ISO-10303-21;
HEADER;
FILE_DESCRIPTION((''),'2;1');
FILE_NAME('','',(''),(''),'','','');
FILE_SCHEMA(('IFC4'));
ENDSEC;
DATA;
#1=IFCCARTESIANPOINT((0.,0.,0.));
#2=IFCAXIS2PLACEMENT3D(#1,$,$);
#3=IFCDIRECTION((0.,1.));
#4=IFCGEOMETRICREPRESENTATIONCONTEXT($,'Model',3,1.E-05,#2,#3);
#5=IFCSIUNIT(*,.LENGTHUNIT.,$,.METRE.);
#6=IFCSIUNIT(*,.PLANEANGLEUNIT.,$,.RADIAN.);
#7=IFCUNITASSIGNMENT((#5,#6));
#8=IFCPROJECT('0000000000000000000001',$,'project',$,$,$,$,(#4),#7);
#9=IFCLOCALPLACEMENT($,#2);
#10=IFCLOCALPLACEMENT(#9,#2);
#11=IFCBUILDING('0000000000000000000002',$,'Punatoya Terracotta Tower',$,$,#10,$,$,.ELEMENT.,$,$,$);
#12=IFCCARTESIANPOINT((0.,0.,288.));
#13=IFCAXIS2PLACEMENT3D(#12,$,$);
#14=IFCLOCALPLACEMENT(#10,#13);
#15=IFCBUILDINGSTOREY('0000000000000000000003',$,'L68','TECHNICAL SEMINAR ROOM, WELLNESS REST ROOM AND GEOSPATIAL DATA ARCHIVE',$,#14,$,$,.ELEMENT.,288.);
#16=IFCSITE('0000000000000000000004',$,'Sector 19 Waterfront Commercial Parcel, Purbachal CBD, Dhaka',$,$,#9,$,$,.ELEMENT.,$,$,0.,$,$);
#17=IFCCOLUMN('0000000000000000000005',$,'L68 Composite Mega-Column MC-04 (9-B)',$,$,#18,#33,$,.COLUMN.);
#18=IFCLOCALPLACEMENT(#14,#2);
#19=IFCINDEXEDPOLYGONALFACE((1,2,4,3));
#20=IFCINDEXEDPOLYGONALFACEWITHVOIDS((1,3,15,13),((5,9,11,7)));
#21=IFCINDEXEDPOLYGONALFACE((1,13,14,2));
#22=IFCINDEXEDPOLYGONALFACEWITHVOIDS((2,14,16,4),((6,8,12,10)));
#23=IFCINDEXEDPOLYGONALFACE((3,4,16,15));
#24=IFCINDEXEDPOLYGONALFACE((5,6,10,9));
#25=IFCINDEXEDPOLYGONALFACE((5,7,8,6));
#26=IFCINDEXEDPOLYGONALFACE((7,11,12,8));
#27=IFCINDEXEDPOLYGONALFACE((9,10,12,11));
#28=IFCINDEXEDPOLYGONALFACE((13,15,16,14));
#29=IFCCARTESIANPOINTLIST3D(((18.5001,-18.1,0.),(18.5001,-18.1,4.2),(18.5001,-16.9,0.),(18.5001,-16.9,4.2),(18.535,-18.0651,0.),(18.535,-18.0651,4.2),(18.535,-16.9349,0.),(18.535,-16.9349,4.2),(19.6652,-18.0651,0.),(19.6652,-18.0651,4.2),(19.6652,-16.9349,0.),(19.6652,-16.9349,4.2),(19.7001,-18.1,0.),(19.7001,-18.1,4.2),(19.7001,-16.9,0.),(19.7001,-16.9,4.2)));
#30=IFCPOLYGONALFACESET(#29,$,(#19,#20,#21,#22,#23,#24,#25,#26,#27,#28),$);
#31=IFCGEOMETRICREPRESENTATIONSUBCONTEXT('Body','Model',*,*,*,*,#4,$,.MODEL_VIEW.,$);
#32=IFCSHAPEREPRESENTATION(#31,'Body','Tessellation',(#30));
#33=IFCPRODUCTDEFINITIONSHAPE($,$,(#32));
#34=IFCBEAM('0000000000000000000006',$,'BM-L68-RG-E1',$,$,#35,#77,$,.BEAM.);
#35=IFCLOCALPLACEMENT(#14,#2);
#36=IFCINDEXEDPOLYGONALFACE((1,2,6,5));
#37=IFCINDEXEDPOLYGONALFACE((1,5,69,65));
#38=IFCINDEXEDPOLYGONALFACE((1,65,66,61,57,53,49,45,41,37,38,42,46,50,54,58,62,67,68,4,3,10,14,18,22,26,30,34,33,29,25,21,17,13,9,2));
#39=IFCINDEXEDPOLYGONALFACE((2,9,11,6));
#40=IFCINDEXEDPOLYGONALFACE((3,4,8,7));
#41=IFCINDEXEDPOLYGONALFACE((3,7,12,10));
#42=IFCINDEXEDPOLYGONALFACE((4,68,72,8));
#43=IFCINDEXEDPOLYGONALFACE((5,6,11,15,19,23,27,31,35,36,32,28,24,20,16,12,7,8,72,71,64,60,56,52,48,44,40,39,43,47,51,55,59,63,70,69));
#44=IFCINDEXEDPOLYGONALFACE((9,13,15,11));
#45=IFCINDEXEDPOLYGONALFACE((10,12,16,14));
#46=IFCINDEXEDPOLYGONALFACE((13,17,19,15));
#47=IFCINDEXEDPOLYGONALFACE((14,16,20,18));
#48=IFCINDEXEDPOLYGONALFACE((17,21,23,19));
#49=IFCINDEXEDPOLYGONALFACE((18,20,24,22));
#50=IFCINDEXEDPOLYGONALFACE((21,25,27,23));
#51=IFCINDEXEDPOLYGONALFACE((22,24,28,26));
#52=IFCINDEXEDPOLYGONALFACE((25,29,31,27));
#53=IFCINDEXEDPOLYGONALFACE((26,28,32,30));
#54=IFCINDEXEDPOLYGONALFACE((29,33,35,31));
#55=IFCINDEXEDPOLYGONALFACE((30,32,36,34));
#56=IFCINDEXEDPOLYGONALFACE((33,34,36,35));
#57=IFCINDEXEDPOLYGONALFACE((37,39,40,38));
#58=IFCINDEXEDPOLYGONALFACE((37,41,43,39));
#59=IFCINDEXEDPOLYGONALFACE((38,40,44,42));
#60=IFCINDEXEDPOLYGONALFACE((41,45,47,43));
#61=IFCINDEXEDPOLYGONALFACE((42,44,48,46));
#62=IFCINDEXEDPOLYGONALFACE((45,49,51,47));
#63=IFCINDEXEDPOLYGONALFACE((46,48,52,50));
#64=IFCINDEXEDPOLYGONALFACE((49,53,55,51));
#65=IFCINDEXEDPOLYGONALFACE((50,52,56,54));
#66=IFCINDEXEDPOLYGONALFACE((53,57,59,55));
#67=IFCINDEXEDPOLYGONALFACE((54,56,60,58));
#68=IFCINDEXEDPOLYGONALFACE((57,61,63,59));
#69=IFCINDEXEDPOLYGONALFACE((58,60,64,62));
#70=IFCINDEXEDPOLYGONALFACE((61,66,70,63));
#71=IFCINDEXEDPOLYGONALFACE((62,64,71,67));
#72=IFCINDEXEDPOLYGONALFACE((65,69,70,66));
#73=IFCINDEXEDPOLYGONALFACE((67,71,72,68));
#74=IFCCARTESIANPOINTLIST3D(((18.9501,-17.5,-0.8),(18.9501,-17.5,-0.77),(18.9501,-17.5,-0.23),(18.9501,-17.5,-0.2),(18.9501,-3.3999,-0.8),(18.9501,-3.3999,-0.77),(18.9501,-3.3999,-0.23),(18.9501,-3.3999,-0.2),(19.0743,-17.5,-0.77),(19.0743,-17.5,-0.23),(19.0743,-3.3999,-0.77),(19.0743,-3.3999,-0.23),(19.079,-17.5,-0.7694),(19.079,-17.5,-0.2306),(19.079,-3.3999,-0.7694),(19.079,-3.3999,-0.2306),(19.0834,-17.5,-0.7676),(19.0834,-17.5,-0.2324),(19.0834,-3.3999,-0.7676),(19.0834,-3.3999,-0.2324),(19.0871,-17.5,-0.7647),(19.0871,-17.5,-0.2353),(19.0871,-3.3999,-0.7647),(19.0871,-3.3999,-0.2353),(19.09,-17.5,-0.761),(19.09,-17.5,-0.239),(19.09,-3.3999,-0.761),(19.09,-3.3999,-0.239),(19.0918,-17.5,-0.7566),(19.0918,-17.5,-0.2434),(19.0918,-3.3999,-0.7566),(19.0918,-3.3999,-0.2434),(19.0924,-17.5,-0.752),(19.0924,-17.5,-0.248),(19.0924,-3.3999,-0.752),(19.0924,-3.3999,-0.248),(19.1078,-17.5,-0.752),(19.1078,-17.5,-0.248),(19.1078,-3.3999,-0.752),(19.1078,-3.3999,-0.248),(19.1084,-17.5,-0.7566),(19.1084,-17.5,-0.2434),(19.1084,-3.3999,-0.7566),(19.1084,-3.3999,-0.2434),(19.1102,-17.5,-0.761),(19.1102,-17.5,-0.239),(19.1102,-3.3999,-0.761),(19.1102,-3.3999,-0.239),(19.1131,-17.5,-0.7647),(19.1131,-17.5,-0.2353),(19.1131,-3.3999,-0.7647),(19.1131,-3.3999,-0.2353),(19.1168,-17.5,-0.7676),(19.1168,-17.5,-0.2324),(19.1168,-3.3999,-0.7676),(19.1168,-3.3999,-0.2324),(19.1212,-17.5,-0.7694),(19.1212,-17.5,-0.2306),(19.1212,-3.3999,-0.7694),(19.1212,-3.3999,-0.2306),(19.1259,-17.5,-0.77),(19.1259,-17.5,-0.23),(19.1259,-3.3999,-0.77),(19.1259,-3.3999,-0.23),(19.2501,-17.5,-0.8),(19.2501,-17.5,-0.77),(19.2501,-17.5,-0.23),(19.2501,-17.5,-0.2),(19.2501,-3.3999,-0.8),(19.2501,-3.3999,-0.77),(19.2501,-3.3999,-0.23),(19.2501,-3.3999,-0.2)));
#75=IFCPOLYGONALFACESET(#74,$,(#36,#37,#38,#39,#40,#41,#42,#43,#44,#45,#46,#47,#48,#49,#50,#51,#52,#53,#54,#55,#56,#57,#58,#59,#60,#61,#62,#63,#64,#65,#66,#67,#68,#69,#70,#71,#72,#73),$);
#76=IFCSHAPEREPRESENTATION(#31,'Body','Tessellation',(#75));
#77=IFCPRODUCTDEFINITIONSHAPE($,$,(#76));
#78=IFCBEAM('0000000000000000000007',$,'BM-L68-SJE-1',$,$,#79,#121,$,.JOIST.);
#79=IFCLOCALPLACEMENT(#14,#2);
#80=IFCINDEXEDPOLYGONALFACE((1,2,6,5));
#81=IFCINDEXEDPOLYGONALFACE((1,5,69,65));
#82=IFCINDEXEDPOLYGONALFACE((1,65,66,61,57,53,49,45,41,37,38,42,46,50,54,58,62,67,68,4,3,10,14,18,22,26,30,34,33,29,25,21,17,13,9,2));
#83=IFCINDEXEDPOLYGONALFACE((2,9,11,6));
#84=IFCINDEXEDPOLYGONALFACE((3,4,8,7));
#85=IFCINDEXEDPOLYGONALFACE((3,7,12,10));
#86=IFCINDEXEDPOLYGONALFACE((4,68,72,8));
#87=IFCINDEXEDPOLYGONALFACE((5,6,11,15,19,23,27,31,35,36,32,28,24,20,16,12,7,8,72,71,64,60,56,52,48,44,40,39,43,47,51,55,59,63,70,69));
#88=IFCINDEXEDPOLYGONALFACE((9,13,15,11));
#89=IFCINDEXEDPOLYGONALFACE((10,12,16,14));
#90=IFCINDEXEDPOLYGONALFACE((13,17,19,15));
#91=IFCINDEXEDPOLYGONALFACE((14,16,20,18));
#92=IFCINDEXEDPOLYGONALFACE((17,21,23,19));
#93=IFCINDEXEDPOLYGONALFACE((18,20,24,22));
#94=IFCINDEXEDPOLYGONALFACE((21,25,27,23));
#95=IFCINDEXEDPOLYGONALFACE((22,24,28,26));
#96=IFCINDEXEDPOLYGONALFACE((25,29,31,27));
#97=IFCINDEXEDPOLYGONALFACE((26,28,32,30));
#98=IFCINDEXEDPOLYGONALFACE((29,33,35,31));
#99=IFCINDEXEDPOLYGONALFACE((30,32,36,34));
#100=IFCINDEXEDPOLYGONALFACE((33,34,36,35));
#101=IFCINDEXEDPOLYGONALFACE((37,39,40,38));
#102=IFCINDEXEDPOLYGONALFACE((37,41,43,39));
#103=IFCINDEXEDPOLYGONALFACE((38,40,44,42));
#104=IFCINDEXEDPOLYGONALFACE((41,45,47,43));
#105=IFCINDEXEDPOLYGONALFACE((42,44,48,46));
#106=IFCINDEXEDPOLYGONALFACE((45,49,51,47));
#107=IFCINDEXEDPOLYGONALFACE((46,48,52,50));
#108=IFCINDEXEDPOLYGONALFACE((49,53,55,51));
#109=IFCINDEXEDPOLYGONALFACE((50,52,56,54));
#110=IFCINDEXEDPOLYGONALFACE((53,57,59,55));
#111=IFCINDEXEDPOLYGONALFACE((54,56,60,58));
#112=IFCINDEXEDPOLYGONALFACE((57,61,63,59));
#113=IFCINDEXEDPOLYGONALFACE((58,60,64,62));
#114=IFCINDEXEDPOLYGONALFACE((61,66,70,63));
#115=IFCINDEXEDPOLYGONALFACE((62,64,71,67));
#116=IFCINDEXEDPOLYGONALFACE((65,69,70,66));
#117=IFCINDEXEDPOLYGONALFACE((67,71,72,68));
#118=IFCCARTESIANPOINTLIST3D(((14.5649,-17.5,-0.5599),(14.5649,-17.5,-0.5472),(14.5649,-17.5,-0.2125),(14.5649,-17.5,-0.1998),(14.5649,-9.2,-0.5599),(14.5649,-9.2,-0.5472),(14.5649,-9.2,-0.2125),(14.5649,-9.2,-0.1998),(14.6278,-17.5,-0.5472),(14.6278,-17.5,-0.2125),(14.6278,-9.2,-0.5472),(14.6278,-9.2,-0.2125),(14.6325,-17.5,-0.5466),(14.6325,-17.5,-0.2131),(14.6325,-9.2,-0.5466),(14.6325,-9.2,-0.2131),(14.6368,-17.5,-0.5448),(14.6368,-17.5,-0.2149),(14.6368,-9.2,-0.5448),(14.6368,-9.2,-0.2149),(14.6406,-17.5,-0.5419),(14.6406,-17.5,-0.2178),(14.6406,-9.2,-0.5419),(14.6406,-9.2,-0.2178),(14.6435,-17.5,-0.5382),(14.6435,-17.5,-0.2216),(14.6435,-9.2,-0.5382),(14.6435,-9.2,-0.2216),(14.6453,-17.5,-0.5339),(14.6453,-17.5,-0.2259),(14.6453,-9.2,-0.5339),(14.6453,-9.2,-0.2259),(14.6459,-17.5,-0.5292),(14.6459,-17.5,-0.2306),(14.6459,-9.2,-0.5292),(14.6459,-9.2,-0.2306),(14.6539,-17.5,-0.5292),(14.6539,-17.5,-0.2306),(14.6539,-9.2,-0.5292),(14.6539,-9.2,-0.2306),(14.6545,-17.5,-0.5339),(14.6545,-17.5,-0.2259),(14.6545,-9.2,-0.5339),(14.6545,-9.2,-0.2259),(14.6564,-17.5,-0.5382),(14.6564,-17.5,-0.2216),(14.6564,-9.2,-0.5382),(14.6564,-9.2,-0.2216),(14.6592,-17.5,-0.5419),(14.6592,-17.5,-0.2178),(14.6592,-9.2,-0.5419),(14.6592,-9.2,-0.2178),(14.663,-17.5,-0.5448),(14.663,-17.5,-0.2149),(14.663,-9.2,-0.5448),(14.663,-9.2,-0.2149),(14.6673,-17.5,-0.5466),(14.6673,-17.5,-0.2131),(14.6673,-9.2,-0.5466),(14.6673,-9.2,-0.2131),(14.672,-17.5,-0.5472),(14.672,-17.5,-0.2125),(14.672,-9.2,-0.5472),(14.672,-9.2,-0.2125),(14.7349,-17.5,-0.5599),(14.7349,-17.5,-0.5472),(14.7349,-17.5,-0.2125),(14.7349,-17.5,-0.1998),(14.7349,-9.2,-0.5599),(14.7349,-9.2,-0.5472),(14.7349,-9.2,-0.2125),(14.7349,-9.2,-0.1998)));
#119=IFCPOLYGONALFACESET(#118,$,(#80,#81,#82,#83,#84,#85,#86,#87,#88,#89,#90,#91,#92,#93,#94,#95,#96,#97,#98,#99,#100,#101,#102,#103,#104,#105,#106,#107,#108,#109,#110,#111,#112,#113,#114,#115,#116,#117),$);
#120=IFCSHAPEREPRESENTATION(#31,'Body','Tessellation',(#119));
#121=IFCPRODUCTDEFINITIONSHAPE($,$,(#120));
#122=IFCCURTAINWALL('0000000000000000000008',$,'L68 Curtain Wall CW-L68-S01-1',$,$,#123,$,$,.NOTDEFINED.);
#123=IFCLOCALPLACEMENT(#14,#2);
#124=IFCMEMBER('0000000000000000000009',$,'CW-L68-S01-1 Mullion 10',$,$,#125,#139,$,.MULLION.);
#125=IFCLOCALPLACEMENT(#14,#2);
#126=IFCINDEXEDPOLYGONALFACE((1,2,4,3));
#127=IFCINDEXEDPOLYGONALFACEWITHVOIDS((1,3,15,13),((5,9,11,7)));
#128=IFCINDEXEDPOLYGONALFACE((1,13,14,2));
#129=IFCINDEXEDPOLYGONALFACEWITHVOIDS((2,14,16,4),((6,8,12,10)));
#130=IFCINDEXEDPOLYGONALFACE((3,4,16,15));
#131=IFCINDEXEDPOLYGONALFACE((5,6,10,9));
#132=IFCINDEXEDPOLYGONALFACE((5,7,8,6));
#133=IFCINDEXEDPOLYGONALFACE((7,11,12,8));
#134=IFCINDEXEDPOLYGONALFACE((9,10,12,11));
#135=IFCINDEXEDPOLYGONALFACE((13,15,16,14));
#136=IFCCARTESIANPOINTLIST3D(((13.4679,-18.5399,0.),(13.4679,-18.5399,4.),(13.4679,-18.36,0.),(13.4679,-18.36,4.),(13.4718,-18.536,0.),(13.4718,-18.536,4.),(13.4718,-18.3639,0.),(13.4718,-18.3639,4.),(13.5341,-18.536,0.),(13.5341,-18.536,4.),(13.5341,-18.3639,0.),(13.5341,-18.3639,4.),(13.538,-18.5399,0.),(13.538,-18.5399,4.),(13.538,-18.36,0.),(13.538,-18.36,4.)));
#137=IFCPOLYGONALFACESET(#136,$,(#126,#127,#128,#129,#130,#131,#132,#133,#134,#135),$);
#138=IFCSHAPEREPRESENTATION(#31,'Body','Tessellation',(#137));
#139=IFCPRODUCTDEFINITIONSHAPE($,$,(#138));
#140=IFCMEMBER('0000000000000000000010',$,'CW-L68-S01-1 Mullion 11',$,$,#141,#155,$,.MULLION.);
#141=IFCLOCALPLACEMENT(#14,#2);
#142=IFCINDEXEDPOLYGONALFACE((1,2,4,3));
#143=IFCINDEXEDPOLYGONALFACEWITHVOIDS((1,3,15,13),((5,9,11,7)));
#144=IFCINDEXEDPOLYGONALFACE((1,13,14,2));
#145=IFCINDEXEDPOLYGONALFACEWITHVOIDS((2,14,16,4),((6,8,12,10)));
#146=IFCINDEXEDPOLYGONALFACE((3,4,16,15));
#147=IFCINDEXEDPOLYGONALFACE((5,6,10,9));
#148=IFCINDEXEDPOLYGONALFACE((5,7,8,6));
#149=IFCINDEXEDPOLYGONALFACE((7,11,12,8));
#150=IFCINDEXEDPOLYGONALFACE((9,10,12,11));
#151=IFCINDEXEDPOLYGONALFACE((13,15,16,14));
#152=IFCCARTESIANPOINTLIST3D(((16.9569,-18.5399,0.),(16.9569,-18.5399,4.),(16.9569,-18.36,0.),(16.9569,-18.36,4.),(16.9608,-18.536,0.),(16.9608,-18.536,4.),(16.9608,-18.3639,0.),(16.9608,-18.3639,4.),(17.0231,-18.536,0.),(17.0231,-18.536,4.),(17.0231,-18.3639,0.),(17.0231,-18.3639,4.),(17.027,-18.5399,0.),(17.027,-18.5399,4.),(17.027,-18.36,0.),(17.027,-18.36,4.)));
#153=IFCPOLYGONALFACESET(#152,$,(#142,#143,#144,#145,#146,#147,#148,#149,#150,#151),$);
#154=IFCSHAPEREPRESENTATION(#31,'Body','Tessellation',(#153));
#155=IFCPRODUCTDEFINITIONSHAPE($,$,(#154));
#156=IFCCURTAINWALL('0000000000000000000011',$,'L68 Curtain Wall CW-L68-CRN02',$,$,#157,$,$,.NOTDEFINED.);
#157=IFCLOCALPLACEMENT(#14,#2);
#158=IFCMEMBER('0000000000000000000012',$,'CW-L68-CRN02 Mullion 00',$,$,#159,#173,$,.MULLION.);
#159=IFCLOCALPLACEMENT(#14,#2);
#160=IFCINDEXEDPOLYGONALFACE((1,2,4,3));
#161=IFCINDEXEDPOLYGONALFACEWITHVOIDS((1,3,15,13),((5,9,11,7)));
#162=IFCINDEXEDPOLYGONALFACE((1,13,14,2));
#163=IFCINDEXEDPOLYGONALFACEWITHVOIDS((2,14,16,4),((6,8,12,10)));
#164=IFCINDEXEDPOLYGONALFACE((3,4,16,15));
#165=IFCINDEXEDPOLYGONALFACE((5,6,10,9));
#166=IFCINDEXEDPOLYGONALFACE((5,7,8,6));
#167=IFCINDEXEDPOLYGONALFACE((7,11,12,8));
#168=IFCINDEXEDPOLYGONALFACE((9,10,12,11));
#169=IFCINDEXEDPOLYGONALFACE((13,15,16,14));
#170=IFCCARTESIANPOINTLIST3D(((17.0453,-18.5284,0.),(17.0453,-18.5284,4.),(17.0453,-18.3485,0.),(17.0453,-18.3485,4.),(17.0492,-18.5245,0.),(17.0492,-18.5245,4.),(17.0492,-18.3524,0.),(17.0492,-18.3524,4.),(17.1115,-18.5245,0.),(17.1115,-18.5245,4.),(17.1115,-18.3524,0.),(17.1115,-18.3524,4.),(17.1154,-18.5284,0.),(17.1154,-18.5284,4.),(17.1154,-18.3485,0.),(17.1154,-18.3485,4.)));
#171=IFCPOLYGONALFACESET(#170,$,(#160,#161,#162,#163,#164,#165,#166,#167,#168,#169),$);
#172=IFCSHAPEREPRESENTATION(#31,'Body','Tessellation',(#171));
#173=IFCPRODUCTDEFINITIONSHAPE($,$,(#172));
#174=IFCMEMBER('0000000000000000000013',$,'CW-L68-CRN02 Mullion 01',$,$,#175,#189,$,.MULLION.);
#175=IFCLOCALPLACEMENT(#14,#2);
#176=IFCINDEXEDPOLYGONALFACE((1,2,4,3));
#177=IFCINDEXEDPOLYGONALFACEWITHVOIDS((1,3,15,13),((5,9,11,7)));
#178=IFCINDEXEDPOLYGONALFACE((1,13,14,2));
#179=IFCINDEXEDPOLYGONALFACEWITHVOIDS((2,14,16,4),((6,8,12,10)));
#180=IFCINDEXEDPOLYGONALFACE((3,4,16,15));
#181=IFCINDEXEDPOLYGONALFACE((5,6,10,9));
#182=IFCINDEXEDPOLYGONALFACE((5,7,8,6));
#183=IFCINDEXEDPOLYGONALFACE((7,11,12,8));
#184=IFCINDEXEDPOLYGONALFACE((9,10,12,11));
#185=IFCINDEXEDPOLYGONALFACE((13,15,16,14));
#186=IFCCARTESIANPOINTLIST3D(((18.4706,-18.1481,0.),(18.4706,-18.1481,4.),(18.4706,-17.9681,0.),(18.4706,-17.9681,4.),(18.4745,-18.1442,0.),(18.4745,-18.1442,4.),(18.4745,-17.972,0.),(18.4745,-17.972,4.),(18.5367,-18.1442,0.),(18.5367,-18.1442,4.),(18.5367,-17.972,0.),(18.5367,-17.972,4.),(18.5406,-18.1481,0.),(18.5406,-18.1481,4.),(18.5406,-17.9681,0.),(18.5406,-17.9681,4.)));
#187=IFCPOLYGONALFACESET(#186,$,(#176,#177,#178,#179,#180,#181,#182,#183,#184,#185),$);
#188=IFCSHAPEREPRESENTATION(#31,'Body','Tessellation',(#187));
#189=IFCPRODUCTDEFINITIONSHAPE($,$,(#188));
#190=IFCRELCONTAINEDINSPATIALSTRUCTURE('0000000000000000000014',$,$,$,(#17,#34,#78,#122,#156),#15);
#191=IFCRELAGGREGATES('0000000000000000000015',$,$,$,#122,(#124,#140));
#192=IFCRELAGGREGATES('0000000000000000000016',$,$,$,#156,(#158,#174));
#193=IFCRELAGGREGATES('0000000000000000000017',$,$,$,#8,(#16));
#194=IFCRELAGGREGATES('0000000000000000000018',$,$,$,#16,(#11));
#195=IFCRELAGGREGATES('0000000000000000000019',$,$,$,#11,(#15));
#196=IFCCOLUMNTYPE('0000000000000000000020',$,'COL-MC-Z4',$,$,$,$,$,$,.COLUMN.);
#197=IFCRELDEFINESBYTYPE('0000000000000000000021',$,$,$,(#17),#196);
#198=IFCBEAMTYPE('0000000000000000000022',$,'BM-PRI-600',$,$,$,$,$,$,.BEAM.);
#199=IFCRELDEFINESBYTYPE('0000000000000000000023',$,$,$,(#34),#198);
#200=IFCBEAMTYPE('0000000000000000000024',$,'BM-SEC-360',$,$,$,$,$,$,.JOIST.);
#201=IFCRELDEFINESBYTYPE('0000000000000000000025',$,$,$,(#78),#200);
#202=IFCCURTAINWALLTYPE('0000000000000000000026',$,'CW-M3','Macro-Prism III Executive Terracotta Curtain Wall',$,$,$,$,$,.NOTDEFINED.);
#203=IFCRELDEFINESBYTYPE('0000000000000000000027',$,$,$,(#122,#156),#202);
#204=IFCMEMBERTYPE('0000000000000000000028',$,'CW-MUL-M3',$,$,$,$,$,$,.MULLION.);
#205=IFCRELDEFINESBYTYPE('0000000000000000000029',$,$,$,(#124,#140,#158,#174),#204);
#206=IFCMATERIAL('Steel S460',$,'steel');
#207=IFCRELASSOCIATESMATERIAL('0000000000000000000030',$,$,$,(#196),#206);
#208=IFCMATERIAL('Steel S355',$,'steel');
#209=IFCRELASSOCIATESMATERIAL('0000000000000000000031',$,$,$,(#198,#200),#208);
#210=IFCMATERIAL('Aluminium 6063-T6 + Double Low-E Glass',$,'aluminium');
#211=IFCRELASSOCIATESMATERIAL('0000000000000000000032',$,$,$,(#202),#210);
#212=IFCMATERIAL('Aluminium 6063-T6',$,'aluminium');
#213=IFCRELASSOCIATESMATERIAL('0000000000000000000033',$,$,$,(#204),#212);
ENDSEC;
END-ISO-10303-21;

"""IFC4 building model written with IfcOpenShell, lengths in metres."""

from ifc_helpers import new_model, si_unit, direction, frame, origin, origin_2d, place, context, subcontext, project, spatial, hollow_rectangle, i_section, extrude, material, material_profile, profile_set, type_object, element, aggregate, save


model = new_model("IFC4")

# Units and contexts
model_context = context("Model", 3, precision=1e-05, world=origin(), true_north=direction((0.0, 1.0)))
body_context = subcontext(model_context, "Body", "Model", "MODEL_VIEW")
ifc_project = project(units=[si_unit("LENGTHUNIT", "METRE"), si_unit("PLANEANGLEUNIT", "RADIAN")], contexts=[model_context])

# Site, building, storey
site_placement = place(None, origin())
site = spatial("IfcSite", under=ifc_project, at=site_placement, Name="Sector 19 Waterfront Commercial Parcel, Purbachal CBD, Dhaka", CompositionType="ELEMENT", RefElevation=0.0)
building_placement = place(site_placement, origin())
building = spatial("IfcBuilding", under=site, at=building_placement, Name="Punatoya Terracotta Tower", CompositionType="ELEMENT")
storey_placement = place(building_placement, frame((0.0, 0.0, 288.0)))
storey = spatial("IfcBuildingStorey", under=building, at=storey_placement, Name="L68", Description="TECHNICAL SEMINAR ROOM, WELLNESS REST ROOM AND GEOSPATIAL DATA ARCHIVE", CompositionType="ELEMENT", Elevation=288.0)

# Column
ifc_material_1 = material(Name="Steel S460", Category="steel")
ifc_material_profile_1 = material_profile(ifc_material_1, hollow_rectangle(XDim=1.2, YDim=1.2, WallThickness=0.0349, at=origin_2d()))
ifc_profile_set_1 = profile_set([ifc_material_profile_1], Name="Steel S460")
column_type = type_object("IfcColumnType", Name="COL-MC-Z4", PredefinedType="COLUMN", material=ifc_profile_set_1)
column_placement = place(storey_placement, frame((19.1001, -17.5, 0.0), z_axis=(0.0, 0.0, 1.0), x_axis=(1.0, 0.0, 0.0)))
element("IfcColumn", 1, at=column_placement, inside=storey, type_object=column_type, Name="L68 Composite Mega-Column MC-04 (9-B)", PredefinedType="COLUMN", context=body_context, shape_type="SweptSolid", body=[
    extrude(hollow_rectangle(XDim=1.2, YDim=1.2, WallThickness=0.0349, at=origin_2d()), origin(), (0.0, 0.0, 1.0), 4.2),
])

# Beams
ifc_material_2 = material(Name="Steel S355", Category="steel")
ifc_material_profile_2 = material_profile(ifc_material_2, i_section(OverallWidth=0.3, OverallDepth=0.6001, WebThickness=0.0154, FlangeThickness=0.03, FilletRadius=0.0181, at=origin_2d()))
ifc_profile_set_2 = profile_set([ifc_material_profile_2], Name="Steel S355")
beam_type_1 = type_object("IfcBeamType", Name="BM-PRI-600", PredefinedType="BEAM", material=ifc_profile_set_2)
beam_1_placement = place(storey_placement, frame((19.1001, -17.5, -0.5), z_axis=(0.0, 1.0, 0.0), x_axis=(-1.0, 0.0, 0.0)))
element("IfcBeam", 2, at=beam_1_placement, inside=storey, type_object=beam_type_1, Name="BM-L68-RG-E1", PredefinedType="BEAM", context=body_context, shape_type="SweptSolid", body=[
    extrude(i_section(OverallWidth=0.3, OverallDepth=0.6001, WebThickness=0.0154, FlangeThickness=0.03, FilletRadius=0.0181, at=origin_2d()), origin(), (0.0, 0.0, 1.0), 14.1001),
])
ifc_material_profile_3 = material_profile(ifc_material_2, i_section(OverallWidth=0.1699, OverallDepth=0.3601, WebThickness=0.0081, FlangeThickness=0.0127, FilletRadius=0.0181, at=origin_2d()))
ifc_profile_set_3 = profile_set([ifc_material_profile_3], Name="Steel S355")
beam_type_2 = type_object("IfcBeamType", Name="BM-SEC-360", PredefinedType="JOIST", material=ifc_profile_set_3)
beam_2_placement = place(storey_placement, frame((14.6499, -17.5, -0.3799), z_axis=(0.0, 1.0, 0.0), x_axis=(-1.0, 0.0, 0.0)))
element("IfcBeam", 3, at=beam_2_placement, inside=storey, type_object=beam_type_2, Name="BM-L68-SJE-1", PredefinedType="JOIST", context=body_context, shape_type="SweptSolid", body=[
    extrude(i_section(OverallWidth=0.1699, OverallDepth=0.3601, WebThickness=0.0081, FlangeThickness=0.0127, FilletRadius=0.0181, at=origin_2d()), origin(), (0.0, 0.0, 1.0), 8.3),
])

# Curtain walls, members
ifc_material_3 = material(Name="Aluminium 6063-T6 + Double Low-E Glass", Category="aluminium")
curtain_wall_type = type_object("IfcCurtainWallType", Name="CW-M3", Description="Macro-Prism III Executive Terracotta Curtain Wall", PredefinedType="NOTDEFINED", material=ifc_material_3)
curtain_wall_1_placement = place(storey_placement, origin())
curtain_wall_1 = element("IfcCurtainWall", 4, at=curtain_wall_1_placement, inside=storey, type_object=curtain_wall_type, Name="L68 Curtain Wall CW-L68-S01-1", PredefinedType="NOTDEFINED")
ifc_material_4 = material(Name="Aluminium 6063-T6", Category="aluminium")
ifc_material_profile_4 = material_profile(ifc_material_4, hollow_rectangle(XDim=0.0701, YDim=0.1799, WallThickness=0.0039, at=origin_2d()))
ifc_profile_set_4 = profile_set([ifc_material_profile_4], Name="Aluminium 6063-T6")
member_type_1 = type_object("IfcMemberType", Name="CW-MUL-M3", PredefinedType="MULLION", material=ifc_profile_set_4)
member_1_placement = place(storey_placement, frame((13.5029, -18.45, 0.0), z_axis=(0.0, 0.0, 1.0), x_axis=(1.0, 0.0, 0.0)))
member_1 = element("IfcMember", 5, at=member_1_placement, type_object=member_type_1, Name="CW-L68-S01-1 Mullion 10", PredefinedType="MULLION", context=body_context, shape_type="SweptSolid", body=[
    extrude(hollow_rectangle(XDim=0.0701, YDim=0.1799, WallThickness=0.0039, at=origin_2d()), origin(), (0.0, 0.0, 1.0), 4.0),
])
member_2_placement = place(storey_placement, frame((16.9919, -18.45, 0.0), z_axis=(0.0, 0.0, 1.0), x_axis=(1.0, 0.0, 0.0)))
member_2 = element("IfcMember", 6, at=member_2_placement, type_object=member_type_1, Name="CW-L68-S01-1 Mullion 11", PredefinedType="MULLION", context=body_context, shape_type="SweptSolid", body=[
    extrude(hollow_rectangle(XDim=0.0701, YDim=0.1799, WallThickness=0.0039, at=origin_2d()), origin(), (0.0, 0.0, 1.0), 4.0),
])
curtain_wall_2_placement = place(storey_placement, origin())
curtain_wall_2 = element("IfcCurtainWall", 7, at=curtain_wall_2_placement, inside=storey, type_object=curtain_wall_type, Name="L68 Curtain Wall CW-L68-CRN02", PredefinedType="NOTDEFINED")
member_3_placement = place(storey_placement, frame((17.0803, -18.4385, 0.0), z_axis=(0.0, 0.0, 1.0), x_axis=(1.0, 0.0, 0.0)))
member_3 = element("IfcMember", 8, at=member_3_placement, type_object=member_type_1, Name="CW-L68-CRN02 Mullion 00", PredefinedType="MULLION", context=body_context, shape_type="SweptSolid", body=[
    extrude(hollow_rectangle(XDim=0.0701, YDim=0.1799, WallThickness=0.0039, at=origin_2d()), origin(), (0.0, 0.0, 1.0), 4.0),
])
member_4_placement = place(storey_placement, frame((18.5056, -18.0581, 0.0), z_axis=(0.0, 0.0, 1.0), x_axis=(1.0, 0.0, 0.0)))
member_4 = element("IfcMember", 9, at=member_4_placement, type_object=member_type_1, Name="CW-L68-CRN02 Mullion 01", PredefinedType="MULLION", context=body_context, shape_type="SweptSolid", body=[
    extrude(hollow_rectangle(XDim=0.0701, YDim=0.1799, WallThickness=0.0039, at=origin_2d()), origin(), (0.0, 0.0, 1.0), 4.0),
])

aggregate(curtain_wall_1, [member_1, member_2])
aggregate(curtain_wall_2, [member_3, member_4])

save(model, "model.ifc")
